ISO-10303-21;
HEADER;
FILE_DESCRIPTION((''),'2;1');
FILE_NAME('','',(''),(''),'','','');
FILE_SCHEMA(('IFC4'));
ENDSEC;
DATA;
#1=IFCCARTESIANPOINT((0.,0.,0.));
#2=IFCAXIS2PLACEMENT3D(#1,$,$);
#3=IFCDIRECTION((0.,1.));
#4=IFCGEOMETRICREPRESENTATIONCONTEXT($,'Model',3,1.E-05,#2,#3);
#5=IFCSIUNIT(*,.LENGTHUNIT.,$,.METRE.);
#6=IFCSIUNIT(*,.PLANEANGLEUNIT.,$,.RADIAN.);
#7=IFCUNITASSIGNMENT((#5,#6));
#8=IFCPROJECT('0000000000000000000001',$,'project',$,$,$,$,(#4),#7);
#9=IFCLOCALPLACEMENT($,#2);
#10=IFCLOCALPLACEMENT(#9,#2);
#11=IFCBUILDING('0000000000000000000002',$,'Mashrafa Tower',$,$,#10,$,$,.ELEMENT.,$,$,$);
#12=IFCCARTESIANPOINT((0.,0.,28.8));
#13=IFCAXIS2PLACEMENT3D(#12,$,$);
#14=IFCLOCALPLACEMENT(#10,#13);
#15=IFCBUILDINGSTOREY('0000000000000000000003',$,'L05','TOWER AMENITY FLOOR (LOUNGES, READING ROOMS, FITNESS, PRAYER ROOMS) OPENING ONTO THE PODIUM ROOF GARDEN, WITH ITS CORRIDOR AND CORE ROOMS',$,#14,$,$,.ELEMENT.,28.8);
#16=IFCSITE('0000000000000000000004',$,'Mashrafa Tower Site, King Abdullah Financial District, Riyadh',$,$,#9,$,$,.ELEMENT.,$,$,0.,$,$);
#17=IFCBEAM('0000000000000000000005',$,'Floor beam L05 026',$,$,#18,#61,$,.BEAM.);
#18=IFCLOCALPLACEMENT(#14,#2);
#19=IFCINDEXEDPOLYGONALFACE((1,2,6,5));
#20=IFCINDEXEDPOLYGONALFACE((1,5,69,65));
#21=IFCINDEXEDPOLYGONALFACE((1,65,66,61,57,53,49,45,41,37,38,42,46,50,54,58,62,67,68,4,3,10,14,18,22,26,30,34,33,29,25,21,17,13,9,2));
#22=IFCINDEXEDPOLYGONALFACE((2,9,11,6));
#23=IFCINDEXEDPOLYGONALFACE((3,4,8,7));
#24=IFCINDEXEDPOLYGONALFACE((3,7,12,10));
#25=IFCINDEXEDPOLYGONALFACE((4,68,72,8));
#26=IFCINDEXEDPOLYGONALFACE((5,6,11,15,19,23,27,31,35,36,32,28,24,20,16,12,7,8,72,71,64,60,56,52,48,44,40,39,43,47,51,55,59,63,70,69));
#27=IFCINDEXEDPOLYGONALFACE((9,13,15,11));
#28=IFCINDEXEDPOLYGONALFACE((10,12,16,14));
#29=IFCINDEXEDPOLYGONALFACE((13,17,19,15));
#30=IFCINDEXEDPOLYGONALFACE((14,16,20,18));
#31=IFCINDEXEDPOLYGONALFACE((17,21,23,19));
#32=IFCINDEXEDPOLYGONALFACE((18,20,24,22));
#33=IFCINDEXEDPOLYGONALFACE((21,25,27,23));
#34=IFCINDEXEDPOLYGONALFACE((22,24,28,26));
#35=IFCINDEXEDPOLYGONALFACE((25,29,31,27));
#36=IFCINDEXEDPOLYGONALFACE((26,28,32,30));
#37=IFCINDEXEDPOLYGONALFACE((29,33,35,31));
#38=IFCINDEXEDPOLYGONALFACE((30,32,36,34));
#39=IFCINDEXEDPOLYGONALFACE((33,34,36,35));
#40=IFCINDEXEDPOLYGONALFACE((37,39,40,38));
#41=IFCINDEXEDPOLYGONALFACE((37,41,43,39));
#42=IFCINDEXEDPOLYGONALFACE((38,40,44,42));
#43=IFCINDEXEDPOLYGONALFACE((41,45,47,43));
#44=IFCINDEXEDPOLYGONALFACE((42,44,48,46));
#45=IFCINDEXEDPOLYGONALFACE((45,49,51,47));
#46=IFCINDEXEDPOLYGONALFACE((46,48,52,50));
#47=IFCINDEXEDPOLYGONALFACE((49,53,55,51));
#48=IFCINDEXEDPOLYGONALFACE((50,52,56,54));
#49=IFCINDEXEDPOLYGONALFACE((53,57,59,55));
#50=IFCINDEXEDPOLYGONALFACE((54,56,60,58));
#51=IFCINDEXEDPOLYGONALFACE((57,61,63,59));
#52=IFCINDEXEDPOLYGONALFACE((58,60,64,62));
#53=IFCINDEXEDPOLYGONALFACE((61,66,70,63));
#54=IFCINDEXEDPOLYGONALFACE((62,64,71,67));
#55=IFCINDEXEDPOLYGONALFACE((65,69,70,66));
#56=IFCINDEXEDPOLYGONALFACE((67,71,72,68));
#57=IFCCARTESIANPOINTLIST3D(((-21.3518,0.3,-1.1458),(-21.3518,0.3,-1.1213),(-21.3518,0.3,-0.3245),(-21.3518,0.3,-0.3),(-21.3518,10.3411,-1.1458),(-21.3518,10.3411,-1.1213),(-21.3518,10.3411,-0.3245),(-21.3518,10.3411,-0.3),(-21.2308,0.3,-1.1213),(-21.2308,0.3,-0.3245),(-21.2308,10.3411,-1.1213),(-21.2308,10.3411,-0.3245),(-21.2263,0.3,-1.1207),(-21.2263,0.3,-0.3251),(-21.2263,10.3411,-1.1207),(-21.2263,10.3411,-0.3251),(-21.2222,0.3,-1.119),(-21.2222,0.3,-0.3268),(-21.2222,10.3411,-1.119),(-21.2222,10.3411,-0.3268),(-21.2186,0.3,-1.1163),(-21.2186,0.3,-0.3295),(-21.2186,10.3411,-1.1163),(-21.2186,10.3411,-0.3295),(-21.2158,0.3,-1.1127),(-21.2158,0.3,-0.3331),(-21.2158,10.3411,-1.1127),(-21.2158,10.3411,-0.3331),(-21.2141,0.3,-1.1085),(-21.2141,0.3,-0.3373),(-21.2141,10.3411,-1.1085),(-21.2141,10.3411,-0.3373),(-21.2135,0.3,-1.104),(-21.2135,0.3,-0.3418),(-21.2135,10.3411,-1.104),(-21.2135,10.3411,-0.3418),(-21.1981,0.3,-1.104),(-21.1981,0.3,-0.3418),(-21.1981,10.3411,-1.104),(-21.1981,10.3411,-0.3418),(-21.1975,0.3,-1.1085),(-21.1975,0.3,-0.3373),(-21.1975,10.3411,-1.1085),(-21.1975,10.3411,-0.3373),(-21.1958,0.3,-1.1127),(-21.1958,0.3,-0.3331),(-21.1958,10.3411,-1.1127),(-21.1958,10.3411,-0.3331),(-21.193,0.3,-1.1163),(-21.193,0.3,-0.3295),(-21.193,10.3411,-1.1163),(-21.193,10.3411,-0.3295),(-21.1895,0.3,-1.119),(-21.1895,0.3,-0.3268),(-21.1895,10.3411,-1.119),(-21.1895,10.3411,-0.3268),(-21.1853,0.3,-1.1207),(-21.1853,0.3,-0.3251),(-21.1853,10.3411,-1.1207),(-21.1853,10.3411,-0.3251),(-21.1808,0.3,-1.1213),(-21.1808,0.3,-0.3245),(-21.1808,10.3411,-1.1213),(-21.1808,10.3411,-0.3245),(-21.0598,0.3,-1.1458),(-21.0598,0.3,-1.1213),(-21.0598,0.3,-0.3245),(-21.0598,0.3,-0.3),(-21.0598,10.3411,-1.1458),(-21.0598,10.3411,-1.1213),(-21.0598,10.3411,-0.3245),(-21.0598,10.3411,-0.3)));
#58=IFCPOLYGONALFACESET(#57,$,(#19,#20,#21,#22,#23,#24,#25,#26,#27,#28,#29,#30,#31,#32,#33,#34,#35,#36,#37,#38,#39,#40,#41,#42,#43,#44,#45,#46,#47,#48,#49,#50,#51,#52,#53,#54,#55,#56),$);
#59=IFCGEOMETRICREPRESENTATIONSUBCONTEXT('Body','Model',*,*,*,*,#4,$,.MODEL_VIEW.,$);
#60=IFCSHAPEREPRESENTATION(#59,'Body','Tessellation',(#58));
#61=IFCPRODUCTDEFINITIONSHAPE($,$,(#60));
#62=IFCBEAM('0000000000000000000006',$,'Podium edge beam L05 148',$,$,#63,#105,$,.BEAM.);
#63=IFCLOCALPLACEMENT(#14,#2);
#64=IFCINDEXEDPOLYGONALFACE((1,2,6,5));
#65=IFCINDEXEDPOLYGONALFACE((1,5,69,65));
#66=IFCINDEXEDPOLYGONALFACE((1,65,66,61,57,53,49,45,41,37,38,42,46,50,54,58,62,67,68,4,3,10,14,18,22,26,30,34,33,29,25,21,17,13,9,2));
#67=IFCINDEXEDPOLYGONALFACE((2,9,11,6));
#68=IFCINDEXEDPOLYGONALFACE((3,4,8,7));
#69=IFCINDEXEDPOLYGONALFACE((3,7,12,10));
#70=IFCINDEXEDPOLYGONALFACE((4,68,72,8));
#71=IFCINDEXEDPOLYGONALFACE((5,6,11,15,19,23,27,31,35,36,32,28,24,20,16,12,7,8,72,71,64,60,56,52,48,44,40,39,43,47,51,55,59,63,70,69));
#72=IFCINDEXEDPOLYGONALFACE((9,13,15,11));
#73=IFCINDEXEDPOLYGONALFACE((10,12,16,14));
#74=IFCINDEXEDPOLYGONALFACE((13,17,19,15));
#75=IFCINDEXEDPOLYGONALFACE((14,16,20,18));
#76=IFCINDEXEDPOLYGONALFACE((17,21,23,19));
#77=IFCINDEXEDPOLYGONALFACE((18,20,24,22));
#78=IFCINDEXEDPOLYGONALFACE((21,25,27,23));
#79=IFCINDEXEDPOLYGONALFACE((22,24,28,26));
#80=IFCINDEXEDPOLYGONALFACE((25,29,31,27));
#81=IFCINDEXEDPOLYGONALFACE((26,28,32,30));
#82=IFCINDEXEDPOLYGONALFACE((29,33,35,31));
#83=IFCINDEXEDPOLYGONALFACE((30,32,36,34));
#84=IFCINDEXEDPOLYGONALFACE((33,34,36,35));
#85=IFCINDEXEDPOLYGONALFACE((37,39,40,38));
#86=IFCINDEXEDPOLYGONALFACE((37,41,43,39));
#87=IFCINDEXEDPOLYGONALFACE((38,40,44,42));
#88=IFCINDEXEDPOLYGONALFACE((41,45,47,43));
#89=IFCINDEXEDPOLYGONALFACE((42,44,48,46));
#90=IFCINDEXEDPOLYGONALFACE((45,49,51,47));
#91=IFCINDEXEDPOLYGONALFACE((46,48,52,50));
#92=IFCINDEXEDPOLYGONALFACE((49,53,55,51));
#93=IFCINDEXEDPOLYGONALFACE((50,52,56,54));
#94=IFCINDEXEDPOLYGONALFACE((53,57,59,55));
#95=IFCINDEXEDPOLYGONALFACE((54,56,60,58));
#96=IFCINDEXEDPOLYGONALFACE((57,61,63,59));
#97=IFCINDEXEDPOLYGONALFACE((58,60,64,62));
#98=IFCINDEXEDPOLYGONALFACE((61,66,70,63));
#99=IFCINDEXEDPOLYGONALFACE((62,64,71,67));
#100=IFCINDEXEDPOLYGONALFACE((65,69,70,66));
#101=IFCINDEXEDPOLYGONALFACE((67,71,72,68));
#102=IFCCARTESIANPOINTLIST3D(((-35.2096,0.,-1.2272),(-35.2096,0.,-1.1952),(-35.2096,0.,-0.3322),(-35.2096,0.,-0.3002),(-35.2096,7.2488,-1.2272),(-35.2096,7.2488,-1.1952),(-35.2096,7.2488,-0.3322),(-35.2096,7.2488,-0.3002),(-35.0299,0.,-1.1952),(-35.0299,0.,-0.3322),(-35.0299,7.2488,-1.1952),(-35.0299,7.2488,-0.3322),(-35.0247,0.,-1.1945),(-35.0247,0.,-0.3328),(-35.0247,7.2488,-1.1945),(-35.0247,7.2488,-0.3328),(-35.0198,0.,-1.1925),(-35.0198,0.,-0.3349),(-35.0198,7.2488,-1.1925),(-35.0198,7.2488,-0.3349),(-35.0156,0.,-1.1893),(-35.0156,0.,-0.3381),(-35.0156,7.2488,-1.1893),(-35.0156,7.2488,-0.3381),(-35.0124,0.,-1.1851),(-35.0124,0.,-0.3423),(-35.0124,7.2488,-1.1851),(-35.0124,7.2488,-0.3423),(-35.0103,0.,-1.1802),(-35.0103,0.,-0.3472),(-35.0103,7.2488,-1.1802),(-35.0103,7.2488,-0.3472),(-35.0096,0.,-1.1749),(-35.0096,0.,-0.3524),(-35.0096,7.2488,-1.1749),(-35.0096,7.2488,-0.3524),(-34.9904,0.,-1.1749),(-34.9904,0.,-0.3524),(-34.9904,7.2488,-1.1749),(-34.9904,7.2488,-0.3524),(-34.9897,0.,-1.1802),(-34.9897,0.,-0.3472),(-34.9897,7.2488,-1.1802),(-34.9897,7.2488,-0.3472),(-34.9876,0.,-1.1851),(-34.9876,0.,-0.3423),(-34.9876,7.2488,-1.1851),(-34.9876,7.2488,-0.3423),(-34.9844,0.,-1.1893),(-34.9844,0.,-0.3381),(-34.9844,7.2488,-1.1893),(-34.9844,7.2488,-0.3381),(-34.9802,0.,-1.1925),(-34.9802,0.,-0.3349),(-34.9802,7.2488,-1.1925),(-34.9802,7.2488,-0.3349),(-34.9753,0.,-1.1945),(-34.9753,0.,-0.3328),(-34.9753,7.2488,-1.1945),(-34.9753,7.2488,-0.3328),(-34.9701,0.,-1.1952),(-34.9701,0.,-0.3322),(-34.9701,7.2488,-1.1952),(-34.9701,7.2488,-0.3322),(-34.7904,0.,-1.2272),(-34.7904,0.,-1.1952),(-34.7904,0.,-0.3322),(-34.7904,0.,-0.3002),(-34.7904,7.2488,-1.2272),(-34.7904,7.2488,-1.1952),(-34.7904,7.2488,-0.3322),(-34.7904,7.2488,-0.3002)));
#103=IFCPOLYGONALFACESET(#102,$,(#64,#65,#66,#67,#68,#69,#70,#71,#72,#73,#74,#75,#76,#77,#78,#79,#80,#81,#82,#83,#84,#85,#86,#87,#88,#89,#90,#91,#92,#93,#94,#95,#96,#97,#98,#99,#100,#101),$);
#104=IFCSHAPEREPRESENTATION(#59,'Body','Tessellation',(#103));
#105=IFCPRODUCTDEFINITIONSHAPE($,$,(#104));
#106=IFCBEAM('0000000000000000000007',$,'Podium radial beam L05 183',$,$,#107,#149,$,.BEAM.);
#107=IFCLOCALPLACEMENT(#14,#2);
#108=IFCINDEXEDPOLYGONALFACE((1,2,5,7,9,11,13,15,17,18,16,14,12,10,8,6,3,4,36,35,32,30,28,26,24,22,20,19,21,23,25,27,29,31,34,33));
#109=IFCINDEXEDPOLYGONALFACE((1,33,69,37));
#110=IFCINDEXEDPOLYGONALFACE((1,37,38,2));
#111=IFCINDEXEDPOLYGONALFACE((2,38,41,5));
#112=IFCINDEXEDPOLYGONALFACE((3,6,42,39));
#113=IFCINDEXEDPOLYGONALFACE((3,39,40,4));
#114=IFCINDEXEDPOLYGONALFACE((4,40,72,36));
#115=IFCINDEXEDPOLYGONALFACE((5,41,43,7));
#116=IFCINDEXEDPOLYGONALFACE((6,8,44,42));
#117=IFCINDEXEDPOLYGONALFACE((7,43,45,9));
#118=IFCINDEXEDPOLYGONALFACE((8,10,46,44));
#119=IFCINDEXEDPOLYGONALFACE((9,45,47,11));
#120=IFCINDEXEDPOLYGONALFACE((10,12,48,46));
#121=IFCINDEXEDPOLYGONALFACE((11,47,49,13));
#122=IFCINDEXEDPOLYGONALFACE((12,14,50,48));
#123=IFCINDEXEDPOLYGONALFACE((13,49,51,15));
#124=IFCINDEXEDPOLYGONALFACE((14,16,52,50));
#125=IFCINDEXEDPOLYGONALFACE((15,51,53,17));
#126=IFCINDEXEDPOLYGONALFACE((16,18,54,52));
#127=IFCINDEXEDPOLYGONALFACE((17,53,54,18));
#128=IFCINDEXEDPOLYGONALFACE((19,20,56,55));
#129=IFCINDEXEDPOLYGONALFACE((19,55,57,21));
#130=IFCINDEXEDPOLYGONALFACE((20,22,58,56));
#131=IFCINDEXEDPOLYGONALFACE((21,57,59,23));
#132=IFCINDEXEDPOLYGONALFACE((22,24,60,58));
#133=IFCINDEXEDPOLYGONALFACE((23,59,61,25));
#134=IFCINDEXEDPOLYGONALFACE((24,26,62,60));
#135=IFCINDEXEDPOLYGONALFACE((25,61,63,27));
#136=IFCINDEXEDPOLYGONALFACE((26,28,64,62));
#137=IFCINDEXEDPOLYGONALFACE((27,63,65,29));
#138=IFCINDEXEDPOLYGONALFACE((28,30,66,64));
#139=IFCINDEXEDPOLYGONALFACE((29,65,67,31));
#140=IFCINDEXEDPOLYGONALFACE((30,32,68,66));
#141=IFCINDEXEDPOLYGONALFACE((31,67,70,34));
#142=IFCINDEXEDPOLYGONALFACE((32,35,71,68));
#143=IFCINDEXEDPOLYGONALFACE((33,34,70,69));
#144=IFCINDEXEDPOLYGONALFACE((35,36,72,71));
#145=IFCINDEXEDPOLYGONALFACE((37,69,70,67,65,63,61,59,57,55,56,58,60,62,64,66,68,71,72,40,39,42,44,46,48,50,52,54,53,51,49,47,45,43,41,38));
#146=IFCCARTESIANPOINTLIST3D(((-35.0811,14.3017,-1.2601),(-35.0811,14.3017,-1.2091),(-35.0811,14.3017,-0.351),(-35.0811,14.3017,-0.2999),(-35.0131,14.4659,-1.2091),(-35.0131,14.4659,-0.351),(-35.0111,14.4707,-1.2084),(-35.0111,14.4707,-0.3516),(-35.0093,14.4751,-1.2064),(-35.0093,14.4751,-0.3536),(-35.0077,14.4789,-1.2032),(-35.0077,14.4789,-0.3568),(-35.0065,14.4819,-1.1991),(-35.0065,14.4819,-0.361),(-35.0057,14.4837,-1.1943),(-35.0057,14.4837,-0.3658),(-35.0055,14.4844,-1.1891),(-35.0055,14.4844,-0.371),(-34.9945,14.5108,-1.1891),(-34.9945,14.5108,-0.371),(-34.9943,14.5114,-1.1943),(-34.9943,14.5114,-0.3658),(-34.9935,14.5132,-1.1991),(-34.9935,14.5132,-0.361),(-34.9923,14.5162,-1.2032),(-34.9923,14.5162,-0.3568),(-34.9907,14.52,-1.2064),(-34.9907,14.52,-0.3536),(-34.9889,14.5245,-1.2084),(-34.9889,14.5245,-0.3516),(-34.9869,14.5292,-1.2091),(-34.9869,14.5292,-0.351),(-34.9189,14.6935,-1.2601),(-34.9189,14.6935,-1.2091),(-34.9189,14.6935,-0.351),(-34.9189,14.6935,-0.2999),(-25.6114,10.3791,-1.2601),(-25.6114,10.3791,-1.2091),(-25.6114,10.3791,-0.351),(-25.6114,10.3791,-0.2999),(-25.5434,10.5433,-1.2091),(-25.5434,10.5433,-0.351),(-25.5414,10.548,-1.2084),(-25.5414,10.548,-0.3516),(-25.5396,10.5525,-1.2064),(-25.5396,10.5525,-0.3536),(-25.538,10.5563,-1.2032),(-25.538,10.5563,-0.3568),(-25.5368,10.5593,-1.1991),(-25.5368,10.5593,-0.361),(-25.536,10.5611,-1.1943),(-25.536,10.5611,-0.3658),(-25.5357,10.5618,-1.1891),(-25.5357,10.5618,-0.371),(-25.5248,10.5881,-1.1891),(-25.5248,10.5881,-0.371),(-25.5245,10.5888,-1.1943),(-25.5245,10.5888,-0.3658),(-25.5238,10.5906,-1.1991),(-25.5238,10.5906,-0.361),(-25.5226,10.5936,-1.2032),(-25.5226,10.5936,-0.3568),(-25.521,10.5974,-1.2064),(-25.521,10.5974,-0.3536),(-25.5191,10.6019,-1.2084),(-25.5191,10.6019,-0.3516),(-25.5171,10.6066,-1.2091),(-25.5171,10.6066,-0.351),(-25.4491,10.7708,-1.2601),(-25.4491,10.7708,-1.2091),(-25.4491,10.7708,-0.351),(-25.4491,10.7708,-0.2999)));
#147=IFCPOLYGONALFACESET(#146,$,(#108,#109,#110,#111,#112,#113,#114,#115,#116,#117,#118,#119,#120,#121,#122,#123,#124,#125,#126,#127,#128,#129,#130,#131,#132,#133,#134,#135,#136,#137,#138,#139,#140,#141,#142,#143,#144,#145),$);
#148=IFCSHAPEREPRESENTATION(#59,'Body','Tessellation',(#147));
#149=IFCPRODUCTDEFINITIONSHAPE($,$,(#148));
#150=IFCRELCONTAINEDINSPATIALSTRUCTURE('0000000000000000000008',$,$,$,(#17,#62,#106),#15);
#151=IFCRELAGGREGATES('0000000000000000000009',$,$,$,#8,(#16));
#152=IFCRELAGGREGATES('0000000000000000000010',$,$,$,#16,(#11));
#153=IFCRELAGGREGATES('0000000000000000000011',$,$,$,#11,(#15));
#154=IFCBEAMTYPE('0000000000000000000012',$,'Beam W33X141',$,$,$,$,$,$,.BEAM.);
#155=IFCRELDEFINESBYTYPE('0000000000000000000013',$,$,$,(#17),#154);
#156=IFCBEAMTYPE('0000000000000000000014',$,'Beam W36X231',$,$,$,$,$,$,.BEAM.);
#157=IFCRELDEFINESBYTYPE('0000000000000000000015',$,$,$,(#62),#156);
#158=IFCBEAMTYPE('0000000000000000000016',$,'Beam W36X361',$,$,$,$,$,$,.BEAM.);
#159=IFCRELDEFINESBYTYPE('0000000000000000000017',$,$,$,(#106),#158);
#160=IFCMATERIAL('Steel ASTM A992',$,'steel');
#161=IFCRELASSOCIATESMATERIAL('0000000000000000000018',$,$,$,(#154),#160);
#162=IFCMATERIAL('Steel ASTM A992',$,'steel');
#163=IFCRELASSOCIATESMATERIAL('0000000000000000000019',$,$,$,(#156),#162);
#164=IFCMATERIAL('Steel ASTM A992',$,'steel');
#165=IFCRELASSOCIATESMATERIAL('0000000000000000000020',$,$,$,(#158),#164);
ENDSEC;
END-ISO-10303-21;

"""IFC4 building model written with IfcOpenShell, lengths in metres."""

from ifc_helpers import new_model, si_unit, direction, frame, origin, origin_2d, place, context, subcontext, project, spatial, i_section, extrude, material, material_profile, profile_set, type_object, element, save


model = new_model("IFC4")

# Units and contexts
model_context = context("Model", 3, precision=1e-05, world=origin(), true_north=direction((0.0, 1.0)))
body_context = subcontext(model_context, "Body", "Model", "MODEL_VIEW")
ifc_project = project(units=[si_unit("LENGTHUNIT", "METRE"), si_unit("PLANEANGLEUNIT", "RADIAN")], contexts=[model_context])

# Site, building, storey
site_placement = place(None, origin())
site = spatial("IfcSite", under=ifc_project, at=site_placement, Name="Mashrafa Tower Site, King Abdullah Financial District, Riyadh", CompositionType="ELEMENT", RefElevation=0.0)
building_placement = place(site_placement, origin())
building = spatial("IfcBuilding", under=site, at=building_placement, Name="Mashrafa Tower", CompositionType="ELEMENT")
storey_placement = place(building_placement, frame((0.0, 0.0, 28.8)))
storey = spatial("IfcBuildingStorey", under=building, at=storey_placement, Name="L05", Description="TOWER AMENITY FLOOR (LOUNGES, READING ROOMS, FITNESS, PRAYER ROOMS) OPENING ONTO THE PODIUM ROOF GARDEN, WITH ITS CORRIDOR AND CORE ROOMS", CompositionType="ELEMENT", Elevation=28.8)

# Beams
ifc_material_1 = material(Name="Steel ASTM A992", Category="steel")
ifc_material_profile_1 = material_profile(ifc_material_1, i_section(OverallWidth=0.292, OverallDepth=0.8457, WebThickness=0.0154, FlangeThickness=0.0244, FilletRadius=0.0173, at=origin_2d()), Name="W33X141")
ifc_profile_set_1 = profile_set([ifc_material_profile_1], Name="Steel ASTM A992")
beam_type_1 = type_object("IfcBeamType", Name="Beam W33X141", PredefinedType="BEAM", material=ifc_profile_set_1)
beam_1_placement = place(storey_placement, frame((-21.2058, 0.3, -0.7229), z_axis=(0.0, 1.0, 0.0), x_axis=(-1.0, 0.0, 0.0)))
element("IfcBeam", 1, at=beam_1_placement, inside=storey, type_object=beam_type_1, Name="Floor beam L05 026", PredefinedType="BEAM", context=body_context, shape_type="SweptSolid", body=[
    extrude(i_section(OverallWidth=0.292, OverallDepth=0.8457, WebThickness=0.0154, FlangeThickness=0.0244, FilletRadius=0.0173, at=origin_2d()), origin(), (0.0, 0.0, 1.0), 10.041),
])
ifc_material_2 = material(Name="Steel ASTM A992", Category="steel")
ifc_material_profile_2 = material_profile(ifc_material_2, i_section(OverallWidth=0.4192, OverallDepth=0.927, WebThickness=0.0193, FlangeThickness=0.032, FilletRadius=0.0203, at=origin_2d()), Name="W36X231")
ifc_profile_set_2 = profile_set([ifc_material_profile_2], Name="Steel ASTM A992")
beam_type_2 = type_object("IfcBeamType", Name="Beam W36X231", PredefinedType="BEAM", material=ifc_profile_set_2)
beam_2_placement = place(storey_placement, frame((-35.0, 7.2488, -0.7637), z_axis=(0.0, -1.0, 0.0), x_axis=(1.0, 0.0, 0.0)))
element("IfcBeam", 2, at=beam_2_placement, inside=storey, type_object=beam_type_2, Name="Podium edge beam L05 148", PredefinedType="BEAM", context=body_context, shape_type="SweptSolid", body=[
    extrude(i_section(OverallWidth=0.4192, OverallDepth=0.927, WebThickness=0.0193, FlangeThickness=0.032, FilletRadius=0.0203, at=origin_2d()), origin(), (0.0, 0.0, 1.0), 7.2488),
])
ifc_material_3 = material(Name="Steel ASTM A992", Category="steel")
ifc_material_profile_3 = material_profile(ifc_material_3, i_section(OverallWidth=0.4241, OverallDepth=0.9602, WebThickness=0.0286, FlangeThickness=0.051, FilletRadius=0.02, at=origin_2d()), Name="W36X361")
ifc_profile_set_3 = profile_set([ifc_material_profile_3], Name="Steel ASTM A992")
beam_type_3 = type_object("IfcBeamType", Name="Beam W36X361", PredefinedType="BEAM", material=ifc_profile_set_3)
beam_3_placement = place(storey_placement, frame((-25.5303, 10.575, -0.78), z_axis=(-0.923875, 0.382693, 0.0), x_axis=(-0.382693, -0.923875, 0.0)))
element("IfcBeam", 3, at=beam_3_placement, inside=storey, type_object=beam_type_3, Name="Podium radial beam L05 183", PredefinedType="BEAM", context=body_context, shape_type="SweptSolid", body=[
    extrude(i_section(OverallWidth=0.4241, OverallDepth=0.9602, WebThickness=0.0286, FlangeThickness=0.051, FilletRadius=0.02, at=origin_2d()), origin(), (0.0, 0.0, 1.0), 10.25),
])

save(model, "model.ifc")
